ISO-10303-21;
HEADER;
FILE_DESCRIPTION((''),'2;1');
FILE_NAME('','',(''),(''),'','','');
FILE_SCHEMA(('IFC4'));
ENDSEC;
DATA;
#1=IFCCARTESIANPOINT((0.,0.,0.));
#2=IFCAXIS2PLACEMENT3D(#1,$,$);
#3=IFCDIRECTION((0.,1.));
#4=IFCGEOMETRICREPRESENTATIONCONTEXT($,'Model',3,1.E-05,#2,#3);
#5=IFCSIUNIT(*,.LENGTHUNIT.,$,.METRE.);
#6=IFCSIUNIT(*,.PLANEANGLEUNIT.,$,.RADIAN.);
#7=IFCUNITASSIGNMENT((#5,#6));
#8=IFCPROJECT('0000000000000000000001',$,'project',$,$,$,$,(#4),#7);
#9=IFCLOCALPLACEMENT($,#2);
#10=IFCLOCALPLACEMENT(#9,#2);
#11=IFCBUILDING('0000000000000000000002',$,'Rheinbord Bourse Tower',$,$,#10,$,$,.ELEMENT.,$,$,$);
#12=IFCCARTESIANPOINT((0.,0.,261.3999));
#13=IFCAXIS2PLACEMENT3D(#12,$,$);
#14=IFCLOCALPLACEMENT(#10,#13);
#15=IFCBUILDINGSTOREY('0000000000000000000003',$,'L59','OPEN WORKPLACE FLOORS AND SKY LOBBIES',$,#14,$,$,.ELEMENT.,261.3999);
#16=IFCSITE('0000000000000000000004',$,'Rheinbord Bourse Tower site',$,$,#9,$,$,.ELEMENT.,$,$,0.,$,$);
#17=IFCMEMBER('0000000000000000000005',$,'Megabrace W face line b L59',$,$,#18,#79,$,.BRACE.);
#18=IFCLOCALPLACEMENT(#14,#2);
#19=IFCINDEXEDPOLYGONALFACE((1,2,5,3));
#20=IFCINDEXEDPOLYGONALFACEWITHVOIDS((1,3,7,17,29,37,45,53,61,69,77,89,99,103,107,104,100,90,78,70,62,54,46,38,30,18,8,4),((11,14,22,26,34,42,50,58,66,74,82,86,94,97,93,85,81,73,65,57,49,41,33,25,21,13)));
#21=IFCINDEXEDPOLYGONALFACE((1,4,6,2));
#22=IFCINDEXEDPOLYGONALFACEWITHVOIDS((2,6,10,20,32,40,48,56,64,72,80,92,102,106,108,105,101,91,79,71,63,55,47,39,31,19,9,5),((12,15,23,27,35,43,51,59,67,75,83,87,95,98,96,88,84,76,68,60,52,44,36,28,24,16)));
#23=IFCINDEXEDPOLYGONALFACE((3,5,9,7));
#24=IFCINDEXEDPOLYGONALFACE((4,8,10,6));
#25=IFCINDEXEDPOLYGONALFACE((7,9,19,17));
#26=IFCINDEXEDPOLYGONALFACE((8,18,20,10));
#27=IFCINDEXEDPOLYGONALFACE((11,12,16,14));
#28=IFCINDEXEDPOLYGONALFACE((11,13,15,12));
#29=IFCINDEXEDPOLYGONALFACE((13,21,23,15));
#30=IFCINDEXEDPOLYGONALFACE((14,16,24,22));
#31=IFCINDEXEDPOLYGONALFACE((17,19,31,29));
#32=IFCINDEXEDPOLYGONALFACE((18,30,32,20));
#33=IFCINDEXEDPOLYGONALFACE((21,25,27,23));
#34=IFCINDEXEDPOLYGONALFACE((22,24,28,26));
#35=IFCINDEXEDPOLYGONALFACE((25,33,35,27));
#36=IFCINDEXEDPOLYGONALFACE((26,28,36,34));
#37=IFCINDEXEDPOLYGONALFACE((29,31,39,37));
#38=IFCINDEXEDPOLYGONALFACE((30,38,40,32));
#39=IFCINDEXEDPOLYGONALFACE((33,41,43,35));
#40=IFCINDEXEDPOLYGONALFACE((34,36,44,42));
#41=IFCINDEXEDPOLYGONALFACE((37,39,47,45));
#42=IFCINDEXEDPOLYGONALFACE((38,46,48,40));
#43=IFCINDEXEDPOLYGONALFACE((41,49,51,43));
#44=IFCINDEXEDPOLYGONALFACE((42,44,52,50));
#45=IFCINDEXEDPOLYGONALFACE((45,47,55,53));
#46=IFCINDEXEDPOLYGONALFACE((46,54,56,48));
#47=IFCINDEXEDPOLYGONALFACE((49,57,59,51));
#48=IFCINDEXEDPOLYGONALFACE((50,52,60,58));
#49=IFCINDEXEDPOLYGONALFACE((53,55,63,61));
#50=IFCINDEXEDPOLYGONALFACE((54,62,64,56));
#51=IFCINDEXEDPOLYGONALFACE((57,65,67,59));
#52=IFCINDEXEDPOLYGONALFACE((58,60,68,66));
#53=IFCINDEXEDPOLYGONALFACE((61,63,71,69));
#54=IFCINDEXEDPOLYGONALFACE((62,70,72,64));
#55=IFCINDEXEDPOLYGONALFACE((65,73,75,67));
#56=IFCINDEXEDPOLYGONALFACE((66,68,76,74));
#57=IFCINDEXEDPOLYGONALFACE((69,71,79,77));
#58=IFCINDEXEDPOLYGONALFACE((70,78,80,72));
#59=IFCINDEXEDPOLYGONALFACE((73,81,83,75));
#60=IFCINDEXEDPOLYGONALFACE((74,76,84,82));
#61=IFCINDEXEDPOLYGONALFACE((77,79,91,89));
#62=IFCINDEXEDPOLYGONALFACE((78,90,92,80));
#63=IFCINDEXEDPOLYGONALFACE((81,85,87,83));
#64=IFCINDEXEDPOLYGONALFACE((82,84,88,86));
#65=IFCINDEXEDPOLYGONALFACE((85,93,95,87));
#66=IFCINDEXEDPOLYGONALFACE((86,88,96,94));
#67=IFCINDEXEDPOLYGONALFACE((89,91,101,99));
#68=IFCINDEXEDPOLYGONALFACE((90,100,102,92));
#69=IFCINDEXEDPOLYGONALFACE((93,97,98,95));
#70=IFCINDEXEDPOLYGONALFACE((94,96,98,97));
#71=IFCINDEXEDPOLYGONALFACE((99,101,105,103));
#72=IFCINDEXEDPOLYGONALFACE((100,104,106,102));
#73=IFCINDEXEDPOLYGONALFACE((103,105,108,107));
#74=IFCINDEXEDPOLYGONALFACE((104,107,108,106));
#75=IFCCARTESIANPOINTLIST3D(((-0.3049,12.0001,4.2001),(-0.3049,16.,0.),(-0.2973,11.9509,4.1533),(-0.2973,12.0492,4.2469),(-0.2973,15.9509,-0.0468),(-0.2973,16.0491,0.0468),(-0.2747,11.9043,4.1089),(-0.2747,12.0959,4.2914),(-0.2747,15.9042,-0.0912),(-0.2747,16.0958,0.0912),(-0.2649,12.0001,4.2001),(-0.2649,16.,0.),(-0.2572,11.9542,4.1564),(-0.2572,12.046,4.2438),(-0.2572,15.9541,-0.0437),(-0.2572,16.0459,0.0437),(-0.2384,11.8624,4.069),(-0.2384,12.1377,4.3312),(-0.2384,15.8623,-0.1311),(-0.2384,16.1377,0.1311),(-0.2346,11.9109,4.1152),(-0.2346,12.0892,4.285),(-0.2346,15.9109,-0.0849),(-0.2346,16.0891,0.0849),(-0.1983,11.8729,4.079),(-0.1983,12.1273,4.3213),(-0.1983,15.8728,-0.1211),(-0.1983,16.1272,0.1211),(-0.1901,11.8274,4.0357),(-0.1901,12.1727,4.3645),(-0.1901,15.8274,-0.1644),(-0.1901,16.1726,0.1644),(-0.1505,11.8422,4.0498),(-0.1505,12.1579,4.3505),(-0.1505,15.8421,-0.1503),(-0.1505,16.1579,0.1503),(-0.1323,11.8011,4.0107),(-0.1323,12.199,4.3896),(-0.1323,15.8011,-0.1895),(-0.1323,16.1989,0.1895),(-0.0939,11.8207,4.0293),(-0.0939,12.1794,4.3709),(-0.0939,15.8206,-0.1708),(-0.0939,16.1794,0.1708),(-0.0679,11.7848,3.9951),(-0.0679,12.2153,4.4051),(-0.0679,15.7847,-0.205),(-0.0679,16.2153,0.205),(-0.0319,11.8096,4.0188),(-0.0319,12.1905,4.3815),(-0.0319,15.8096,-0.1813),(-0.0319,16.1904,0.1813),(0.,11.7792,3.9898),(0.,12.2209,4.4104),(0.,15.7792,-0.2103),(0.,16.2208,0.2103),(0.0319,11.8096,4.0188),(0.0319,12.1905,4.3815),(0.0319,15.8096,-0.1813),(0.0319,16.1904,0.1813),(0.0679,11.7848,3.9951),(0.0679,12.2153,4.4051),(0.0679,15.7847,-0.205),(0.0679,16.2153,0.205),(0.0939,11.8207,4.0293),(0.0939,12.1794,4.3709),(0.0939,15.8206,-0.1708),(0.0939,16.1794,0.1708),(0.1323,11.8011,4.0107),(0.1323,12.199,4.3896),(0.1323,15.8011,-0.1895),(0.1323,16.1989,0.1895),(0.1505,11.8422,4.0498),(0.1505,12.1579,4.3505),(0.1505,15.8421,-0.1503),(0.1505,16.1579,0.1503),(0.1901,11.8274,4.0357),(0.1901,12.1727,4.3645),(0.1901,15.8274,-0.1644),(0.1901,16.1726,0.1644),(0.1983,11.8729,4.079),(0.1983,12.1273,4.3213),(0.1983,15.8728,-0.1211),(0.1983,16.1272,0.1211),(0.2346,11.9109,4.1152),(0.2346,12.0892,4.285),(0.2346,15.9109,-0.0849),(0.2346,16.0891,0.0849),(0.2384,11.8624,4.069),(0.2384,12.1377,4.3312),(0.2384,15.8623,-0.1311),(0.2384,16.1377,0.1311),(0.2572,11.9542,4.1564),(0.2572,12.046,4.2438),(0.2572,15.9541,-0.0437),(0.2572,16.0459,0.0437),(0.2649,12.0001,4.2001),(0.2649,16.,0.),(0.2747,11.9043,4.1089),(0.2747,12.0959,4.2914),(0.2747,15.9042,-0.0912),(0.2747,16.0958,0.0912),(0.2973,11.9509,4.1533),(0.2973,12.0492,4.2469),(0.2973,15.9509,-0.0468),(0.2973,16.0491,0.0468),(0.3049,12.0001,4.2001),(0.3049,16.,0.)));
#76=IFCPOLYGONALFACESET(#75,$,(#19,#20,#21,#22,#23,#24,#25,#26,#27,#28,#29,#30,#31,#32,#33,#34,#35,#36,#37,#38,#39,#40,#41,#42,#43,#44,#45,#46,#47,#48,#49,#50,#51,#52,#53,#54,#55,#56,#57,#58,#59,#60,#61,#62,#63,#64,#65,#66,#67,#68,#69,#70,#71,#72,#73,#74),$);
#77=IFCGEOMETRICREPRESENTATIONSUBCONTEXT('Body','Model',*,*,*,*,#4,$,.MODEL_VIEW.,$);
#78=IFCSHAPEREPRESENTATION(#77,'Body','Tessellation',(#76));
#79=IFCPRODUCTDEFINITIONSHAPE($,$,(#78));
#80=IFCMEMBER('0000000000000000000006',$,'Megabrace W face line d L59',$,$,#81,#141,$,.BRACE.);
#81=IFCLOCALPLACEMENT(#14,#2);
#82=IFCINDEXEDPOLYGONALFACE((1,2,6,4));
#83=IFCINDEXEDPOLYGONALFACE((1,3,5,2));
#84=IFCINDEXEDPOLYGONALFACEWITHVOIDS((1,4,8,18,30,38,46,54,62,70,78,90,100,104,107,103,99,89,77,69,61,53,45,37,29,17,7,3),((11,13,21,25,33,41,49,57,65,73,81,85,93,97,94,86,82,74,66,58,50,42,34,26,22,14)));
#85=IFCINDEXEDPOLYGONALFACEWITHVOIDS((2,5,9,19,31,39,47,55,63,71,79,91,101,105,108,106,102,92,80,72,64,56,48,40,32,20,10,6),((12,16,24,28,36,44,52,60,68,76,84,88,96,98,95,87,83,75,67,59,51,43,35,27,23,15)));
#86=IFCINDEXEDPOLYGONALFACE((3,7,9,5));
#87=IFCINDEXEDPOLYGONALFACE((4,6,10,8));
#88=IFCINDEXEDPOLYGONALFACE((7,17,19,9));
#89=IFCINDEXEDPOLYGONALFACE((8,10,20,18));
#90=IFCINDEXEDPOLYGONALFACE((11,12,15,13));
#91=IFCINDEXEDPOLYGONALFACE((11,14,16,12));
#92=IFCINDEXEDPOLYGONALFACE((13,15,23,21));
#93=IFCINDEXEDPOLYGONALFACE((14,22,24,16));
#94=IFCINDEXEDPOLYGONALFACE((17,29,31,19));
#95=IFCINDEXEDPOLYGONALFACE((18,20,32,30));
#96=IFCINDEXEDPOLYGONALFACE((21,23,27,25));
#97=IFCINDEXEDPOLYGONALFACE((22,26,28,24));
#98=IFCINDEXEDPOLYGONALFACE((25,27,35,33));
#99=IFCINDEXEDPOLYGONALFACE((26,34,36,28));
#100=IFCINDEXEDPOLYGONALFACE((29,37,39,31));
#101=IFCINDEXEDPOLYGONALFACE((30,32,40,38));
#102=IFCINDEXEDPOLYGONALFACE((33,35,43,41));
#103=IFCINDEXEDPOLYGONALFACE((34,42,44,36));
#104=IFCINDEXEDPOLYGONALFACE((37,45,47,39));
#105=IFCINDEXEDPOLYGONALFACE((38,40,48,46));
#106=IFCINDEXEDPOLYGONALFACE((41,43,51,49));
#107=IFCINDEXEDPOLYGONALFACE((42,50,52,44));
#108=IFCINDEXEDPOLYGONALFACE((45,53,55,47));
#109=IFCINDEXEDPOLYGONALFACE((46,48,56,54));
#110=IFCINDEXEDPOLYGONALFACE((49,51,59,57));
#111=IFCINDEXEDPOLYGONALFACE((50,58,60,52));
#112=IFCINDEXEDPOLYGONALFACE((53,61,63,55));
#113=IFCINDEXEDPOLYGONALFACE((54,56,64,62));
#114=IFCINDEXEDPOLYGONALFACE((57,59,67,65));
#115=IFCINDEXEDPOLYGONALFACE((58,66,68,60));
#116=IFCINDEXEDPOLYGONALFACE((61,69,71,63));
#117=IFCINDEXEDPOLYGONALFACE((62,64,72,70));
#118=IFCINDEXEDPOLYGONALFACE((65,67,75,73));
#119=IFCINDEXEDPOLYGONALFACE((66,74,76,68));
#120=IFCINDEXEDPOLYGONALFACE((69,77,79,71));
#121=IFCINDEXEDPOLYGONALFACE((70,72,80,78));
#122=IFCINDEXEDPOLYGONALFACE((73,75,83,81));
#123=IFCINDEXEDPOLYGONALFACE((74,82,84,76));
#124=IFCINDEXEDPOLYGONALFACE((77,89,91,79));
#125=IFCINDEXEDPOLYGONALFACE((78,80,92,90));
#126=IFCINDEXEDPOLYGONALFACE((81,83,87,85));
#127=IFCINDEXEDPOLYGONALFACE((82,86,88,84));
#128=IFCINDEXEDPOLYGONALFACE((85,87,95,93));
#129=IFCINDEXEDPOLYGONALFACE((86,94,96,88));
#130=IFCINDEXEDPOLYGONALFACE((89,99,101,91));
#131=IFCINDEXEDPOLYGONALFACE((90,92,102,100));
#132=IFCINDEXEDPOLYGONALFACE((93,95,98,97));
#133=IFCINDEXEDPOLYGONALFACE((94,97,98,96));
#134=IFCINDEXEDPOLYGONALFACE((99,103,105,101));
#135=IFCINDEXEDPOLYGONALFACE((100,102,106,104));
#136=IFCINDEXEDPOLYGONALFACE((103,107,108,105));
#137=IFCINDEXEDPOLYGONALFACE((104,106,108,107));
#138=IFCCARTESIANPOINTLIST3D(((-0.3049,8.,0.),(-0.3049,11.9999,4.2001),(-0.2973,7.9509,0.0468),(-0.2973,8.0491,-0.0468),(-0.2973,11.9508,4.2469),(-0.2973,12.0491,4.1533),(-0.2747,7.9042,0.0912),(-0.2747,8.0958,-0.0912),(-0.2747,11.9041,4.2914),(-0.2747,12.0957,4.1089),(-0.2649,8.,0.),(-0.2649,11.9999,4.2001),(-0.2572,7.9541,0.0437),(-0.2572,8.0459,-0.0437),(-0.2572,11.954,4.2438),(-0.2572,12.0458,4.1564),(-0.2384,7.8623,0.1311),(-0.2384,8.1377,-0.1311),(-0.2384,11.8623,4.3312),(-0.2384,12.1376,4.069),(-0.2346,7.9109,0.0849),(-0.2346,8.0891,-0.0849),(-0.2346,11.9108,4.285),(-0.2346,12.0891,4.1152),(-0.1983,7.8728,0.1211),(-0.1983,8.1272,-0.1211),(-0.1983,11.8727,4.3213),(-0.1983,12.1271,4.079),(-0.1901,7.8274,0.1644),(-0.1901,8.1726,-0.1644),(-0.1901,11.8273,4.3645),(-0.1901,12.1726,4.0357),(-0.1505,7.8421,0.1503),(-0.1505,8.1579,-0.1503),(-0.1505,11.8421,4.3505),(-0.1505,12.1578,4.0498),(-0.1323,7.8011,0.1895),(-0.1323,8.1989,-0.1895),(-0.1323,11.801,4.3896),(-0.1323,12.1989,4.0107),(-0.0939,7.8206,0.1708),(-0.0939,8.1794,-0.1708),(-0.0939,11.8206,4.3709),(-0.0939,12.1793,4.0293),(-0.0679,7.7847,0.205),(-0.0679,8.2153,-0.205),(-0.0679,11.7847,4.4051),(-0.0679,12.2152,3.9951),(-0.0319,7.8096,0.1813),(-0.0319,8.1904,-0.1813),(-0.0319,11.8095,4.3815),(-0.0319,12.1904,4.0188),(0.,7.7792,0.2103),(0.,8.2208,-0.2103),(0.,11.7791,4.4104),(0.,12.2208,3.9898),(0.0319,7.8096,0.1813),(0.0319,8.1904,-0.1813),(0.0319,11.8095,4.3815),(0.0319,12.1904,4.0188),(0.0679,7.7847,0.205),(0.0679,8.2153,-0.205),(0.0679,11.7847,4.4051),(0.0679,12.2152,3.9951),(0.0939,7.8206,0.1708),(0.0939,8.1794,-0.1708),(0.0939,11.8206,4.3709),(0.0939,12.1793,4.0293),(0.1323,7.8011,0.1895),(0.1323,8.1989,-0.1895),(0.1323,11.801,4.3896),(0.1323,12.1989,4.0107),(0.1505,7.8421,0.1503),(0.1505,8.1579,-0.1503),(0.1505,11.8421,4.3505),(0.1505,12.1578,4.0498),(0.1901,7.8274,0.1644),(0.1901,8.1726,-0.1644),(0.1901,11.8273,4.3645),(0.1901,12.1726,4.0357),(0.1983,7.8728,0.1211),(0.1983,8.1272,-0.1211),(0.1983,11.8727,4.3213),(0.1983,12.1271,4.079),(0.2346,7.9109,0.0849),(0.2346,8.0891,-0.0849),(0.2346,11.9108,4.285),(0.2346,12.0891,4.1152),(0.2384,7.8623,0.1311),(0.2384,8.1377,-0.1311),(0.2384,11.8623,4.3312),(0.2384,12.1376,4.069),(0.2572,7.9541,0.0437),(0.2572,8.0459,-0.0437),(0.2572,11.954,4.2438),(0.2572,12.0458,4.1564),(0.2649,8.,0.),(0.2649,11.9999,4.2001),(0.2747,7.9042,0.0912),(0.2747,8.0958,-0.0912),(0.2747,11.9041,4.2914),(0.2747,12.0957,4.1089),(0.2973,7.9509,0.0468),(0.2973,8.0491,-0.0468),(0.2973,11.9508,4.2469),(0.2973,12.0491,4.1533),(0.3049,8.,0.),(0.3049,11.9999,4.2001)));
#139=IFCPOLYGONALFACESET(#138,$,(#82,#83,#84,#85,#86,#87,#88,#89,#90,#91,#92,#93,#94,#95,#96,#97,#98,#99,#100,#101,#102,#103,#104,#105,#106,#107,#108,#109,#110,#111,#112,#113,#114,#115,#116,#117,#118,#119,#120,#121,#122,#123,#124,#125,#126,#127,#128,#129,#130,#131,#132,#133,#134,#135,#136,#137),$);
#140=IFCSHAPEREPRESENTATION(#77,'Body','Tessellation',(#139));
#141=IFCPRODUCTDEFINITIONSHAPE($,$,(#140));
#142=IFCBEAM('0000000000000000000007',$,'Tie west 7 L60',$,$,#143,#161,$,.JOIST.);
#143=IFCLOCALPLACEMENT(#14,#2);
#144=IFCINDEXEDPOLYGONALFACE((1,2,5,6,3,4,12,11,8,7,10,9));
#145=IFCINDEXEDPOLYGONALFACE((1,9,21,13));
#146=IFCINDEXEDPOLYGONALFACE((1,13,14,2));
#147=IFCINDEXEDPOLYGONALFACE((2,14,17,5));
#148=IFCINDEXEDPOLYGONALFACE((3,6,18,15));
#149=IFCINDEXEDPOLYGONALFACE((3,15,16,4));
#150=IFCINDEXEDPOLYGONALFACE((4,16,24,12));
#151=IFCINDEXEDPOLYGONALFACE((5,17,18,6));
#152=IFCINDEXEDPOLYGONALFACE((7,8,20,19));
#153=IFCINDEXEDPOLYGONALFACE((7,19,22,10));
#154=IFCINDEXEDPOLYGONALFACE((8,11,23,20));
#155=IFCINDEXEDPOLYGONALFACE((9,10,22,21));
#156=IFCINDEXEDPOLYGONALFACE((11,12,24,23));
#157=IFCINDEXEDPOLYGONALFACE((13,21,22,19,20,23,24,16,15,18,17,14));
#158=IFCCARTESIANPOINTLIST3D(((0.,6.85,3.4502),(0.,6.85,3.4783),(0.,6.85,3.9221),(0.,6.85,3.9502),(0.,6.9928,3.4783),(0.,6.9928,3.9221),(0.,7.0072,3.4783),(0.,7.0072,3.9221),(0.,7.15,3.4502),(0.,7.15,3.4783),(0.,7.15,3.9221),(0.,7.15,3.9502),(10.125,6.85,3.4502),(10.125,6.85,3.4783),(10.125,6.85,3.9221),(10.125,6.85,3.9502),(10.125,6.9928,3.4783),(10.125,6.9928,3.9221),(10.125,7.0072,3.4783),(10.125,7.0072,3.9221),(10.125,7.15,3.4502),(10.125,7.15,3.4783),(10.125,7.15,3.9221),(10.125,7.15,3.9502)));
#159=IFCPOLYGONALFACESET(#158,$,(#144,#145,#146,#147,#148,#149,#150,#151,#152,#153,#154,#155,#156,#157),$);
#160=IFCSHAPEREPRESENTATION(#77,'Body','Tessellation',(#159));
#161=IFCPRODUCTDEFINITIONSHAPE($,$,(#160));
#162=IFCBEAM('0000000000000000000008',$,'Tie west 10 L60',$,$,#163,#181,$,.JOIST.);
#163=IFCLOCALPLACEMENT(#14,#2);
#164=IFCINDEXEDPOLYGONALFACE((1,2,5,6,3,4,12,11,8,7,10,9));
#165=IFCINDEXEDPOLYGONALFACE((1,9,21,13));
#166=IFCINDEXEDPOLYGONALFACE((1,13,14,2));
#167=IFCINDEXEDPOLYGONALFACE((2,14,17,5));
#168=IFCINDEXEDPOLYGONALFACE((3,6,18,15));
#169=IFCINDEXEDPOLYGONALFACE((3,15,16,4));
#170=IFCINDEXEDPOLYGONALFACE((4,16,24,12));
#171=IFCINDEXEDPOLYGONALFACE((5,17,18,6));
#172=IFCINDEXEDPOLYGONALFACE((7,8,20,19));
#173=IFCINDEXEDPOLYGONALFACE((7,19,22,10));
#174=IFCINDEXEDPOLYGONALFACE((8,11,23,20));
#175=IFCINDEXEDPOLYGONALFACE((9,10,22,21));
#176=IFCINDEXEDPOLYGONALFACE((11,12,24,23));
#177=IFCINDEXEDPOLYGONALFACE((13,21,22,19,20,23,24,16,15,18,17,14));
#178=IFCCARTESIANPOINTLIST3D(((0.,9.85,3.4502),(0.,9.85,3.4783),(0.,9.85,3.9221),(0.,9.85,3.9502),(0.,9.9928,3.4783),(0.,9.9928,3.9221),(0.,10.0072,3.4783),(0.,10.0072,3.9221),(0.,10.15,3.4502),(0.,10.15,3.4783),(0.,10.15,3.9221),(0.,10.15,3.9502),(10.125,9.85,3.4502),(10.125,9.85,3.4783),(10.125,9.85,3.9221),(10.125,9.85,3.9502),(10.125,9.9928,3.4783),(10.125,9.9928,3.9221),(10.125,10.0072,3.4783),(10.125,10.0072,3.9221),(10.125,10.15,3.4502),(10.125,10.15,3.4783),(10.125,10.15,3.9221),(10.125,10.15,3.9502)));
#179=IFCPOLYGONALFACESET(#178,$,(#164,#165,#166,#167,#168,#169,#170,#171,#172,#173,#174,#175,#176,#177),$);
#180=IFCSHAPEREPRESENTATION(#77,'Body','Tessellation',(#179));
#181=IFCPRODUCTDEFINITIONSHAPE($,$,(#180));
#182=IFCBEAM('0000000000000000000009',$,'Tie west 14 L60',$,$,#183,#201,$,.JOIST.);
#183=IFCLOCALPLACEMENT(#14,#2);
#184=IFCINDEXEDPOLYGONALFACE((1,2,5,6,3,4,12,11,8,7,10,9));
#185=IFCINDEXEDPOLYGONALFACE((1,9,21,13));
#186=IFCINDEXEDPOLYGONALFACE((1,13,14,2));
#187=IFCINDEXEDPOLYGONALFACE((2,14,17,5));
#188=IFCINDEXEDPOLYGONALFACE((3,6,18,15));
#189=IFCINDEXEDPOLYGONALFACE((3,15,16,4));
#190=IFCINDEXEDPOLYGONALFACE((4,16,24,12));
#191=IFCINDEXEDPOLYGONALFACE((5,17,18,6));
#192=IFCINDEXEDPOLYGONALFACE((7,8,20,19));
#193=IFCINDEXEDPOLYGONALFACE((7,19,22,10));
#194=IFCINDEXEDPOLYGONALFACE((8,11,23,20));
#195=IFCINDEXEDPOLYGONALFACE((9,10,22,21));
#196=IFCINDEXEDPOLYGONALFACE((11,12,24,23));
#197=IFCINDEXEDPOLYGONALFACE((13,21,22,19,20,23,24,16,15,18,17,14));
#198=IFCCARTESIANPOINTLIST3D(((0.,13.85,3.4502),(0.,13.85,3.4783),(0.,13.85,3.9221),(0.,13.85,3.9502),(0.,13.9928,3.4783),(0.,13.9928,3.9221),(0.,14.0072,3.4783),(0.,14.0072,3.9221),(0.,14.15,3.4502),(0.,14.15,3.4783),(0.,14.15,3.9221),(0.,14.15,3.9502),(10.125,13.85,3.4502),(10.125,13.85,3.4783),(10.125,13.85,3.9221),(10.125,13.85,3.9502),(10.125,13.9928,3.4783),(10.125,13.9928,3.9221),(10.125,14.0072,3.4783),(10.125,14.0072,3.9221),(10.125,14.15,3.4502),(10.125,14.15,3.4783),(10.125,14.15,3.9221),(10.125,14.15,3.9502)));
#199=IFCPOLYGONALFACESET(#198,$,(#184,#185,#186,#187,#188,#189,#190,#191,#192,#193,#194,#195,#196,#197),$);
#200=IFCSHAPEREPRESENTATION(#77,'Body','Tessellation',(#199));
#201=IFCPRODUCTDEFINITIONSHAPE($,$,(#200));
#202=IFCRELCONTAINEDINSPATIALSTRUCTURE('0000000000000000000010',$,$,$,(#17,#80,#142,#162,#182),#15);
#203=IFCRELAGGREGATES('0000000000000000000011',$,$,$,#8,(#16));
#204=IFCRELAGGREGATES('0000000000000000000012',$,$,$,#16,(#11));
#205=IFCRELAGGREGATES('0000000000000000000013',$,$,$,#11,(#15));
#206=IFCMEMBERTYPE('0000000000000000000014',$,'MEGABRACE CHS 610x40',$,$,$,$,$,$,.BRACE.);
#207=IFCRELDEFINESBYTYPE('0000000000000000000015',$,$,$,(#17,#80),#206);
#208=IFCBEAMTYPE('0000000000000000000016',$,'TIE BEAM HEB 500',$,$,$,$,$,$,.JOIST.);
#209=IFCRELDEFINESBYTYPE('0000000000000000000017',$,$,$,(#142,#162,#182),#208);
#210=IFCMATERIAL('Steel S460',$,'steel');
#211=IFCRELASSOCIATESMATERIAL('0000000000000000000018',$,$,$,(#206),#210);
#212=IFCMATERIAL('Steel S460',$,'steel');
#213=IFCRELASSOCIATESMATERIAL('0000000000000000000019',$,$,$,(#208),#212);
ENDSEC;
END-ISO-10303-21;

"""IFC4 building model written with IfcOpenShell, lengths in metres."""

from ifc_helpers import new_model, si_unit, direction, frame, origin, origin_2d, place, context, subcontext, project, spatial, hollow_circle, i_section, extrude, material, material_profile, profile_set, type_object, element, save


model = new_model("IFC4")

# Units and contexts
model_context = context("Model", 3, precision=1e-05, world=origin(), true_north=direction((0.0, 1.0)))
body_context = subcontext(model_context, "Body", "Model", "MODEL_VIEW")
ifc_project = project(units=[si_unit("LENGTHUNIT", "METRE"), si_unit("PLANEANGLEUNIT", "RADIAN")], contexts=[model_context])

# Site, building, storey
site_placement = place(None, origin())
site = spatial("IfcSite", under=ifc_project, at=site_placement, Name="Rheinbord Bourse Tower site", CompositionType="ELEMENT", RefElevation=0.0)
building_placement = place(site_placement, origin())
building = spatial("IfcBuilding", under=site, at=building_placement, Name="Rheinbord Bourse Tower", CompositionType="ELEMENT")
storey_placement = place(building_placement, frame((0.0, 0.0, 261.3999)))
storey = spatial("IfcBuildingStorey", under=building, at=storey_placement, Name="L59", Description="OPEN WORKPLACE FLOORS AND SKY LOBBIES", CompositionType="ELEMENT", Elevation=261.3999)

# Members
ifc_material_1 = material(Name="Steel S460", Category="steel")
ifc_material_profile_1 = material_profile(ifc_material_1, hollow_circle(Radius=0.3049, WallThickness=0.04, at=origin_2d()), Name="CHS 610x40")
ifc_profile_set_1 = profile_set([ifc_material_profile_1], Name="Steel S460")
member_type_1 = type_object("IfcMemberType", Name="MEGABRACE CHS 610x40", PredefinedType="BRACE", material=ifc_profile_set_1)
for number, where, z_axis, x_axis, name in (
    (1, (0.0, 16.0, 0.0), (0.0, -0.689638, 0.724154), (1.0, 0.0, 0.0), "Megabrace W face line b L59"),
    (2, (0.0, 8.0, 0.0), (0.0, 0.689638, 0.724154), (-1.0, 0.0, 0.0), "Megabrace W face line d L59"),
):
    element("IfcMember", number, at=place(storey_placement, frame(where, z_axis=z_axis, x_axis=x_axis)), inside=storey, type_object=member_type_1, Name=name, PredefinedType="BRACE", context=body_context, shape_type="SweptSolid", body=[
        extrude(hollow_circle(Radius=0.3049, WallThickness=0.04, at=origin_2d()), origin(), (0.0, 0.0, 1.0), 5.8),
    ])

# Beams
ifc_material_2 = material(Name="Steel S460", Category="steel")
ifc_material_profile_2 = material_profile(ifc_material_2, i_section(OverallWidth=0.3, OverallDepth=0.5, WebThickness=0.0144, FlangeThickness=0.0281, at=origin_2d()), Name="HEB 500")
ifc_profile_set_2 = profile_set([ifc_material_profile_2], Name="Steel S460")
beam_type_1 = type_object("IfcBeamType", Name="TIE BEAM HEB 500", PredefinedType="JOIST", material=ifc_profile_set_2)
for number, where, z_axis, x_axis, name in (
    (3, (0.0, 7.0, 3.7002), (1.0, 0.0, 0.0), (0.0, 1.0, 0.0), "Tie west 7 L60"),
    (4, (0.0, 10.0, 3.7002), (1.0, 0.0, 0.0), (0.0, 1.0, 0.0), "Tie west 10 L60"),
    (5, (0.0, 14.0, 3.7002), (1.0, 0.0, 0.0), (0.0, 1.0, 0.0), "Tie west 14 L60"),
):
    element("IfcBeam", number, at=place(storey_placement, frame(where, z_axis=z_axis, x_axis=x_axis)), inside=storey, type_object=beam_type_1, Name=name, PredefinedType="JOIST", context=body_context, shape_type="SweptSolid", body=[
        extrude(i_section(OverallWidth=0.3, OverallDepth=0.5, WebThickness=0.0144, FlangeThickness=0.0281, at=origin_2d()), origin(), (0.0, 0.0, 1.0), 10.125),
    ])

save(model, "model.ifc")
